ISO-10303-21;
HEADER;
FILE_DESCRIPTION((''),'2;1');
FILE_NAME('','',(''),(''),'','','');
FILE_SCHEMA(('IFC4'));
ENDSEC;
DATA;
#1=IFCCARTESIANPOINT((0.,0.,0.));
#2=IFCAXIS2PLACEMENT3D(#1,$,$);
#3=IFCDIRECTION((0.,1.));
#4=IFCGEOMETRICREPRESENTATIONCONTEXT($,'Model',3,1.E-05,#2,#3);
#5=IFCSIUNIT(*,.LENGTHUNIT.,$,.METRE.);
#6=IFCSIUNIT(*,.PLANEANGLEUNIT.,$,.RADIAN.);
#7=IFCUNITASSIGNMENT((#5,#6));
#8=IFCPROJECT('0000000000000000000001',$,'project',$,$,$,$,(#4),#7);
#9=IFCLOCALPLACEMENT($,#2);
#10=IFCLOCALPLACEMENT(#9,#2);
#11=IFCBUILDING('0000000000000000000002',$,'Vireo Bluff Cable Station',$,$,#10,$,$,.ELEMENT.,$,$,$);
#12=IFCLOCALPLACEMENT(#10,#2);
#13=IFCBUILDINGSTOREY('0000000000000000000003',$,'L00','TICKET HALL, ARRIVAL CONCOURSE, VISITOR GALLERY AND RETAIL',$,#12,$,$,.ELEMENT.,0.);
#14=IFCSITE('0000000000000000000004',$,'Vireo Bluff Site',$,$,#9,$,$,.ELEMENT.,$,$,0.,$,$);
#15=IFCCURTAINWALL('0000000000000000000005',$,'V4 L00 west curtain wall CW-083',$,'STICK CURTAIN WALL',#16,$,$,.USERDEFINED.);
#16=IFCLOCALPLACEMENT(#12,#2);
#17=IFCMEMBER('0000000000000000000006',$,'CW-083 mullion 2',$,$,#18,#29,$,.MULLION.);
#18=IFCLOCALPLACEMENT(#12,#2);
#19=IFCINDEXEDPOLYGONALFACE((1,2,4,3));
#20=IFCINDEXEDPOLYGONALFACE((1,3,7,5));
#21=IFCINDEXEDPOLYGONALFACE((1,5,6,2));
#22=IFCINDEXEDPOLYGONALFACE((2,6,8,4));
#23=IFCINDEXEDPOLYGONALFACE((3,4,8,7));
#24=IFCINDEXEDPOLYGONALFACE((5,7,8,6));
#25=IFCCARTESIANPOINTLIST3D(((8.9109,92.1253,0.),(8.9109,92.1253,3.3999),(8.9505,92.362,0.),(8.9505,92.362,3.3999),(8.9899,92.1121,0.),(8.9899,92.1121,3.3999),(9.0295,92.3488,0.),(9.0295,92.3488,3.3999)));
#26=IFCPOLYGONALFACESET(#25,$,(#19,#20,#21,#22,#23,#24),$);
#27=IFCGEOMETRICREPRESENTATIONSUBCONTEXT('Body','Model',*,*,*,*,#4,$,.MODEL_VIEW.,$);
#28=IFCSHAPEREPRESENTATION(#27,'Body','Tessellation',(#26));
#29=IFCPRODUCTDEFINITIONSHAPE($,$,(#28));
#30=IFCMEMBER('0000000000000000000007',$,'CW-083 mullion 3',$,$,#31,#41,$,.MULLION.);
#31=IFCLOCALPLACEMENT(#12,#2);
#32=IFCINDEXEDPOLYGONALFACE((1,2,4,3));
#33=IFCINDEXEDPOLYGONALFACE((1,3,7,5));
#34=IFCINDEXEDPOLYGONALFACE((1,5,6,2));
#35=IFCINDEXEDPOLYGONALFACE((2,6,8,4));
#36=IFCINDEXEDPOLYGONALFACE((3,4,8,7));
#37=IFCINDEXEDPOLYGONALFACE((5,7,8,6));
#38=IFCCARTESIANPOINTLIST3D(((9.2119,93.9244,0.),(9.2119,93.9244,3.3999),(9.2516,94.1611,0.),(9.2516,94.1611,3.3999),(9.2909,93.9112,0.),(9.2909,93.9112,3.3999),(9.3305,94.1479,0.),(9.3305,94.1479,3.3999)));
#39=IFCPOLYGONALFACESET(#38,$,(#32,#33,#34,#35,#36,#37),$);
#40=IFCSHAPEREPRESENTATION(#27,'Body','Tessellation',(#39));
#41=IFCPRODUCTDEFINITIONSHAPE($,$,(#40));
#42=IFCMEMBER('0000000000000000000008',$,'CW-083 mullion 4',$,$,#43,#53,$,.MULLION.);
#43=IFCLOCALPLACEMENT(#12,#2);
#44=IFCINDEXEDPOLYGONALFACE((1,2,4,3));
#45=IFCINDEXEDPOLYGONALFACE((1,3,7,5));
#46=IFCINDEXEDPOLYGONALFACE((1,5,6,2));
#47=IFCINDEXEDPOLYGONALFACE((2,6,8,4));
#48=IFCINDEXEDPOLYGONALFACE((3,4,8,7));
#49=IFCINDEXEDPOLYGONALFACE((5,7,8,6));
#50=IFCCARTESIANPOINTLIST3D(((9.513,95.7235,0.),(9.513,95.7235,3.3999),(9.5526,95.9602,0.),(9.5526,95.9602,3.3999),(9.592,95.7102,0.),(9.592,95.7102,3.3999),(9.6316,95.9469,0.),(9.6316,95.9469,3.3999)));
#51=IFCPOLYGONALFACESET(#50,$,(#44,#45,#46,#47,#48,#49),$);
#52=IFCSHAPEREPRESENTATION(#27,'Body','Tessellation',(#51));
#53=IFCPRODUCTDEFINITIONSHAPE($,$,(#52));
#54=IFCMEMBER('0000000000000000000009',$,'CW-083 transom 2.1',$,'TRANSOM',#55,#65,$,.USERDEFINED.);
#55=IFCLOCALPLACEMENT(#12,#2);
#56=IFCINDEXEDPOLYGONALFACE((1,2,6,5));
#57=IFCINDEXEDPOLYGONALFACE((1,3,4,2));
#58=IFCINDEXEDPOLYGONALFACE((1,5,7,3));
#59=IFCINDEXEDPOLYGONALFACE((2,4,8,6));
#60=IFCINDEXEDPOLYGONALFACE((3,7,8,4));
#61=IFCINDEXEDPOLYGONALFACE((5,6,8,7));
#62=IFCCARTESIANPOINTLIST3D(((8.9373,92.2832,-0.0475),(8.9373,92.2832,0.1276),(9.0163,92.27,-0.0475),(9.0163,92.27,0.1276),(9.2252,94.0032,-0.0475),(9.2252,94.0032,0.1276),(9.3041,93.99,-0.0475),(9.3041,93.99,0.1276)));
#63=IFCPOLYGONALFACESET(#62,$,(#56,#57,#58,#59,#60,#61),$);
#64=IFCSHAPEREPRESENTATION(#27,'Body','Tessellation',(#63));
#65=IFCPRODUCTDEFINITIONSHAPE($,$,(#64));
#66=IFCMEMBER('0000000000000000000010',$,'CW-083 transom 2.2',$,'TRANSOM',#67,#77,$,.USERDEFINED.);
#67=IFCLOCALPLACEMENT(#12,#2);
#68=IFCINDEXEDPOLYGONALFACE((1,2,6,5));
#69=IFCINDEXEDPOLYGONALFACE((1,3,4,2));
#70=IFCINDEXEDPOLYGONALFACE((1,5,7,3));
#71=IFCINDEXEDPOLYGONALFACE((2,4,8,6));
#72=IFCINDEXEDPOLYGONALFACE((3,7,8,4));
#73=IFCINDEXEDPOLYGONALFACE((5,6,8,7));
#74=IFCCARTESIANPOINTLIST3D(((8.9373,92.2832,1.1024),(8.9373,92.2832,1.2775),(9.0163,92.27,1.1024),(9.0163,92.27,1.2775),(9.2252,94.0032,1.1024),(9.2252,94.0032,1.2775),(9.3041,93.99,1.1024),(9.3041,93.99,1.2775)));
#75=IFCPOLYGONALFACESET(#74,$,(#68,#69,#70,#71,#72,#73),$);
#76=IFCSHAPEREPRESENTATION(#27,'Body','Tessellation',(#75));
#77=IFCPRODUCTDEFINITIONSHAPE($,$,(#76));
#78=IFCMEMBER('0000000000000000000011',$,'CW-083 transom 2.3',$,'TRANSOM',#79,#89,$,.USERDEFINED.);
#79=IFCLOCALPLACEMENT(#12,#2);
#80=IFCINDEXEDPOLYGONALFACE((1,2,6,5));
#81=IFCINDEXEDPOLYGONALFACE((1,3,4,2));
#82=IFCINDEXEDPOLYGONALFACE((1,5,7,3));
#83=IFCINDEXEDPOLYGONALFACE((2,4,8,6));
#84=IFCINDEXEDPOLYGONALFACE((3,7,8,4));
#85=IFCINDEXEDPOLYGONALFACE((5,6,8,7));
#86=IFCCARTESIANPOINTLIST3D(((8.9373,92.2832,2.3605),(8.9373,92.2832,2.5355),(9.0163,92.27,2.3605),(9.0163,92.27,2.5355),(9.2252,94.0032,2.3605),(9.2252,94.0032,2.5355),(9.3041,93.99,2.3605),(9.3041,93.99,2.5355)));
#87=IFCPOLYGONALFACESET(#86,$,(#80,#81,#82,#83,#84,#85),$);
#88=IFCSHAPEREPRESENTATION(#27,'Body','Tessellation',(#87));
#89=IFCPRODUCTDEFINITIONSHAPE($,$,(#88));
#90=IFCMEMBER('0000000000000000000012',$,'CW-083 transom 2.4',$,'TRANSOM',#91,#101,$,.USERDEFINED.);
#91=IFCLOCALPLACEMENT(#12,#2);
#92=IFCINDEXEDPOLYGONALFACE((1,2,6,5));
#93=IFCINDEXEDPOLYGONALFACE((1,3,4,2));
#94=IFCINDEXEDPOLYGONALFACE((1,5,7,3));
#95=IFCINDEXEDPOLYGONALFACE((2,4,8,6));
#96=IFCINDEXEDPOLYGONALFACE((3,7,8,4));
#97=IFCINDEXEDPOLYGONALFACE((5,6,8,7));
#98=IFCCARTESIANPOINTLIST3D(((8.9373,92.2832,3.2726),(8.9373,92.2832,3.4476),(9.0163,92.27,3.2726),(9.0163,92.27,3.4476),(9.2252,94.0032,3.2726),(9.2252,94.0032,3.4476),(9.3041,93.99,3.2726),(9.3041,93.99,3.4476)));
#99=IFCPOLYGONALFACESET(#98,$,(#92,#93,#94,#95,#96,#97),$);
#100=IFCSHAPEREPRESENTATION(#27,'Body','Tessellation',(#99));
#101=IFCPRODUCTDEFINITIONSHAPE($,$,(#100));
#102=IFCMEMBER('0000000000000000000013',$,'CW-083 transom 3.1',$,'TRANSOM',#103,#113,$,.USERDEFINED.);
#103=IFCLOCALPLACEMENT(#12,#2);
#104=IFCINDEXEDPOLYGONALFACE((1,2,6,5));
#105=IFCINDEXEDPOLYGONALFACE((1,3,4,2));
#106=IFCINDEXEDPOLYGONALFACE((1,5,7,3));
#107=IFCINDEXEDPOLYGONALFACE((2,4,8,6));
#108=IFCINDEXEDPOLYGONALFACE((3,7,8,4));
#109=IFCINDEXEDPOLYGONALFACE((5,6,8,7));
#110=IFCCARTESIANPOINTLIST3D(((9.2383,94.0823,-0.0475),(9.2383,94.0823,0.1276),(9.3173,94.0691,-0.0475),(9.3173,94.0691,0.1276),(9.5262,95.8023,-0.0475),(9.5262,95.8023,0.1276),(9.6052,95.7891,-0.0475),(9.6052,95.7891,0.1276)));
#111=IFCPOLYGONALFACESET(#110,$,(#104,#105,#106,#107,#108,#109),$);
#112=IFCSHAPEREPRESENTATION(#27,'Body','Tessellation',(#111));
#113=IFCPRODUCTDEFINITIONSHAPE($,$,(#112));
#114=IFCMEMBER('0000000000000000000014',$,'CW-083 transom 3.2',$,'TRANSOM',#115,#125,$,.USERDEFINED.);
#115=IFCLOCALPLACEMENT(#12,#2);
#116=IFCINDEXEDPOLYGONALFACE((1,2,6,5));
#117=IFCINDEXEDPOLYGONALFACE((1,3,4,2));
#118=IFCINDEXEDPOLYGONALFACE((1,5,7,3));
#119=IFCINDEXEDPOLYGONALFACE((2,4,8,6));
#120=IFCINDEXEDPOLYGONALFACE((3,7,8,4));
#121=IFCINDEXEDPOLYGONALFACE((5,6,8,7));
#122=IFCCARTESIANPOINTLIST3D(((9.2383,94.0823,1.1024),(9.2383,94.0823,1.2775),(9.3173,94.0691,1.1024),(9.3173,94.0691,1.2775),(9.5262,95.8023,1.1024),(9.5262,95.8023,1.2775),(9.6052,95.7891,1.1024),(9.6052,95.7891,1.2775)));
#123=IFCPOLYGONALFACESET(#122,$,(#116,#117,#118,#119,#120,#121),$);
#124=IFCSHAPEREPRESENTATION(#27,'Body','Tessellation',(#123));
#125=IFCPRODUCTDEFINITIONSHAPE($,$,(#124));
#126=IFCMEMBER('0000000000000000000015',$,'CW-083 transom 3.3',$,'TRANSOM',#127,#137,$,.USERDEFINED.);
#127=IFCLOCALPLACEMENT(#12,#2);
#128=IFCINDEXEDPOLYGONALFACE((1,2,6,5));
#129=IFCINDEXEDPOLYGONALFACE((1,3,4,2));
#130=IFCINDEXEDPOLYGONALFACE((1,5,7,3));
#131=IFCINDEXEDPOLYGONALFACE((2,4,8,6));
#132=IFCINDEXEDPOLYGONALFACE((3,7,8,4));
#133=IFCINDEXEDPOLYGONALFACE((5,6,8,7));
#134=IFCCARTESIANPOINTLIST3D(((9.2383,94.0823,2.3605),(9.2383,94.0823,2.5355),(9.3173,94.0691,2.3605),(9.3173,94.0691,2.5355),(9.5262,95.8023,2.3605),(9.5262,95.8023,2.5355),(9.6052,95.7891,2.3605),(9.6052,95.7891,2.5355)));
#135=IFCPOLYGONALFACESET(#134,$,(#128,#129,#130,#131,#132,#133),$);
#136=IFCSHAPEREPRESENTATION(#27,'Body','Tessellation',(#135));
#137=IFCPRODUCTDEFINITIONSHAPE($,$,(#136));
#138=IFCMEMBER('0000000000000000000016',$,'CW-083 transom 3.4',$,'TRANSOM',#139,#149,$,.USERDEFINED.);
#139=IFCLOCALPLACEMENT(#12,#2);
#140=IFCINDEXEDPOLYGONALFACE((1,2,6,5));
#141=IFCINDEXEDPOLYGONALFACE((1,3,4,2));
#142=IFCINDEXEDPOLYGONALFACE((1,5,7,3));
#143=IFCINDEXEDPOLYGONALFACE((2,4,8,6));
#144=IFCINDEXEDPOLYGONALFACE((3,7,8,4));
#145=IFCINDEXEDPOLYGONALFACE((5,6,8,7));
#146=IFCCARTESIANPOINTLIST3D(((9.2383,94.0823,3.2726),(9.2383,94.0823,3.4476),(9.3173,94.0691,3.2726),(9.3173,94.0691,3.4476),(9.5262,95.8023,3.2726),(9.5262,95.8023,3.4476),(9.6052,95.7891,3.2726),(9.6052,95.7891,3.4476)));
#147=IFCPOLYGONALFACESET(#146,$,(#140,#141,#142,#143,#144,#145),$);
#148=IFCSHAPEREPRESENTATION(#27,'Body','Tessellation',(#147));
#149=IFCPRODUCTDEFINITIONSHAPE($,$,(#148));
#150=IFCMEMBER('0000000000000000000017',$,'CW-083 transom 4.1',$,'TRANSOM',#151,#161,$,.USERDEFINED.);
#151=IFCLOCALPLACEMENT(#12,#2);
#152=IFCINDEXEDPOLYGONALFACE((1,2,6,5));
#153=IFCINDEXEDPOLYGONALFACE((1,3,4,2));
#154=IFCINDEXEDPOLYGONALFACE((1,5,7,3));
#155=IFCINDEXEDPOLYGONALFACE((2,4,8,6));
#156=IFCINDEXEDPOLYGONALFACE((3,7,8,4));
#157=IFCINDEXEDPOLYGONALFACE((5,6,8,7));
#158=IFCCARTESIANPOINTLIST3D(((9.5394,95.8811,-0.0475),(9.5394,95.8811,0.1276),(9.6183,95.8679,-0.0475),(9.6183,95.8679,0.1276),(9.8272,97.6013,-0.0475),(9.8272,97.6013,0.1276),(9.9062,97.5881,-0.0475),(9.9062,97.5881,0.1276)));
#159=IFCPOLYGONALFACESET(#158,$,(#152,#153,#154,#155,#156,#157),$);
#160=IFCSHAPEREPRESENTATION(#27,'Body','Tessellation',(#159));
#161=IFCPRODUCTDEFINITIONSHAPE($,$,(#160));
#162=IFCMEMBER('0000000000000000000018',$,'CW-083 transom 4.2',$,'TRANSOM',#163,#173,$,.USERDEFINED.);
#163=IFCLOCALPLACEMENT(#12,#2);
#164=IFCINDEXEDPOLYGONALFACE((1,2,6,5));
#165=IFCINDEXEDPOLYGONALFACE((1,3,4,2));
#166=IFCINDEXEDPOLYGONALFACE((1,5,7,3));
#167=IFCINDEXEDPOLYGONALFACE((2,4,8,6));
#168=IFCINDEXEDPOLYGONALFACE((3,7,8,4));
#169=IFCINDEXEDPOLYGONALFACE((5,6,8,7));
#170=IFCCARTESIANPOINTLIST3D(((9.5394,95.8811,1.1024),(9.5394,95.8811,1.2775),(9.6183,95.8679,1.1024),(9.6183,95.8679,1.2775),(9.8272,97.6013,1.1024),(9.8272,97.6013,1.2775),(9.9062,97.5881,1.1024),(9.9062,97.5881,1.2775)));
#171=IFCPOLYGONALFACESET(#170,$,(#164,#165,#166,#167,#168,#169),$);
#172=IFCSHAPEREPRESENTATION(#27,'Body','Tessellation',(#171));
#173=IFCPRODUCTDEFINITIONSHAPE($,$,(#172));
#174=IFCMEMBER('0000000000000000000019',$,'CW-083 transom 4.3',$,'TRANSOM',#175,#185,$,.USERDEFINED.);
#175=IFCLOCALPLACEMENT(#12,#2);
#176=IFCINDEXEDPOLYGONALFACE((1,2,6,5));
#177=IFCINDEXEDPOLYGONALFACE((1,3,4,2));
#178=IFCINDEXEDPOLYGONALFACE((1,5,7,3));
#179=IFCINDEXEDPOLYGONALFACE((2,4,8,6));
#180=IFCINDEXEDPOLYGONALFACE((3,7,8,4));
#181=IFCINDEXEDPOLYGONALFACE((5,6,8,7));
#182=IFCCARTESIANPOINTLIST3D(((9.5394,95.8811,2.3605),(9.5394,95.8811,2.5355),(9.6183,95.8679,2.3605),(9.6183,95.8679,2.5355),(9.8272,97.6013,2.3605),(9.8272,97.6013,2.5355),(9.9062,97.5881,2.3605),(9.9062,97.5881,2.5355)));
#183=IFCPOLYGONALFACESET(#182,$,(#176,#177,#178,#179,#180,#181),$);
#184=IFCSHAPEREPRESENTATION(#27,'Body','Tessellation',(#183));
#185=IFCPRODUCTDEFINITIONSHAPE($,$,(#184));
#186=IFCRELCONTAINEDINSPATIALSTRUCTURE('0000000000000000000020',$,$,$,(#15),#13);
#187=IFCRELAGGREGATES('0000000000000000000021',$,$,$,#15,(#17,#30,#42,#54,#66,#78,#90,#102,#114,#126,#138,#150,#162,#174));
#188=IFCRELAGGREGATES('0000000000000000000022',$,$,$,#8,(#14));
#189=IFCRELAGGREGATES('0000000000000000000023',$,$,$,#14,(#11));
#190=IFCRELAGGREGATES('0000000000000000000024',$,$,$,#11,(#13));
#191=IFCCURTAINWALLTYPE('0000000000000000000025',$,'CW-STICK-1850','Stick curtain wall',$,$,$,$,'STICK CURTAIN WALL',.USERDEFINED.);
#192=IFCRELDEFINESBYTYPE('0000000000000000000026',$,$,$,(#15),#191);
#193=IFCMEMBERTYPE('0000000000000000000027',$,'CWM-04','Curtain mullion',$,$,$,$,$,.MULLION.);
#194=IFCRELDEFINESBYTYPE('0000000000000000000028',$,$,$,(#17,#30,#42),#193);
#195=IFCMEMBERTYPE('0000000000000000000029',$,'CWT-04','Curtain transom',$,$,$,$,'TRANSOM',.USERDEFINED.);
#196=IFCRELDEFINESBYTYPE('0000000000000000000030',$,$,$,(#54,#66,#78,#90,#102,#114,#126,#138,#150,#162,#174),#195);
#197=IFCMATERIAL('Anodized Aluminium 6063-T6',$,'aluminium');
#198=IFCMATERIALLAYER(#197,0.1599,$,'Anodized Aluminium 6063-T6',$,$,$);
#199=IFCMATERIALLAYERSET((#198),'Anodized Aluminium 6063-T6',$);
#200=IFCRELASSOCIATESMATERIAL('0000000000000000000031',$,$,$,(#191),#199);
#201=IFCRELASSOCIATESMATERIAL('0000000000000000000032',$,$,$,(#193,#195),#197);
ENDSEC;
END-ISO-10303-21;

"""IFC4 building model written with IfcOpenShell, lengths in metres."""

from ifc_helpers import new_model, si_unit, direction, frame, origin, origin_2d, place, context, subcontext, project, spatial, rectangle, extrude, material, layer, layer_set, material_profile, profile_set, type_object, element, aggregate, save


model = new_model("IFC4")

# Units and contexts
model_context = context("Model", 3, precision=1e-05, world=origin(), true_north=direction((0.0, 1.0)))
body_context = subcontext(model_context, "Body", "Model", "MODEL_VIEW")
ifc_project = project(units=[si_unit("LENGTHUNIT", "METRE"), si_unit("PLANEANGLEUNIT", "RADIAN")], contexts=[model_context])

# Site, building, storey
site_placement = place(None, origin())
site = spatial("IfcSite", under=ifc_project, at=site_placement, Name="Vireo Bluff Site", CompositionType="ELEMENT", RefElevation=0.0)
building_placement = place(site_placement, origin())
building = spatial("IfcBuilding", under=site, at=building_placement, Name="Vireo Bluff Cable Station", CompositionType="ELEMENT")
storey_placement = place(building_placement, origin())
storey = spatial("IfcBuildingStorey", under=building, at=storey_placement, Name="L00", Description="TICKET HALL, ARRIVAL CONCOURSE, VISITOR GALLERY AND RETAIL", CompositionType="ELEMENT", Elevation=0.0)

# Curtain wall, members
ifc_material_1 = material(Name="Anodized Aluminium 6063-T6", Category="aluminium")
ifc_layer_1 = layer(ifc_material_1, 0.1599, Name="Anodized Aluminium 6063-T6")
ifc_layer_set_1 = layer_set([ifc_layer_1], Name="Anodized Aluminium 6063-T6")
curtain_wall_type = type_object("IfcCurtainWallType", Name="CW-STICK-1850", Description="Stick curtain wall", ElementType="STICK CURTAIN WALL", PredefinedType="USERDEFINED", material=ifc_layer_set_1)
curtain_wall_placement = place(storey_placement, origin())
curtain_wall = element("IfcCurtainWall", 1, at=curtain_wall_placement, inside=storey, type_object=curtain_wall_type, Name="V4 L00 west curtain wall CW-083", ObjectType="STICK CURTAIN WALL", PredefinedType="USERDEFINED")
ifc_material_profile_1 = material_profile(ifc_material_1, rectangle(XDim=0.0801, YDim=0.24, at=origin_2d()), Name="ALU-M-80X240")
ifc_profile_set_1 = profile_set([ifc_material_profile_1], Name="Anodized Aluminium 6063-T6")
member_type_1 = type_object("IfcMemberType", Name="CWM-04", Description="Curtain mullion", PredefinedType="MULLION", material=ifc_profile_set_1)
member_1_placement = place(storey_placement, frame((8.9702, 92.2371, 0.0), z_axis=(0.0, 0.0, 1.0), x_axis=(-0.986286, 0.165048, 0.0)))
member_1 = element("IfcMember", 2, at=member_1_placement, type_object=member_type_1, Name="CW-083 mullion 2", PredefinedType="MULLION", context=body_context, shape_type="SweptSolid", body=[
    extrude(rectangle(XDim=0.0801, YDim=0.24, at=origin_2d()), origin(), (0.0, 0.0, 1.0), 3.3999),
])
member_2_placement = place(storey_placement, frame((9.2712, 94.0361, 0.0), z_axis=(0.0, 0.0, 1.0), x_axis=(-0.986286, 0.165048, 0.0)))
member_2 = element("IfcMember", 3, at=member_2_placement, type_object=member_type_1, Name="CW-083 mullion 3", PredefinedType="MULLION", context=body_context, shape_type="SweptSolid", body=[
    extrude(rectangle(XDim=0.0801, YDim=0.24, at=origin_2d()), origin(), (0.0, 0.0, 1.0), 3.3999),
])
member_3_placement = place(storey_placement, frame((9.5723, 95.8352, 0.0), z_axis=(0.0, 0.0, 1.0), x_axis=(-0.986286, 0.165048, 0.0)))
member_3 = element("IfcMember", 4, at=member_3_placement, type_object=member_type_1, Name="CW-083 mullion 4", PredefinedType="MULLION", context=body_context, shape_type="SweptSolid", body=[
    extrude(rectangle(XDim=0.0801, YDim=0.24, at=origin_2d()), origin(), (0.0, 0.0, 1.0), 3.3999),
])
ifc_material_profile_2 = material_profile(ifc_material_1, rectangle(XDim=0.0801, YDim=0.175, at=origin_2d()), Name="ALU-T-80X175")
ifc_profile_set_2 = profile_set([ifc_material_profile_2], Name="Anodized Aluminium 6063-T6")
member_type_2 = type_object("IfcMemberType", Name="CWT-04", Description="Curtain transom", ElementType="TRANSOM", PredefinedType="USERDEFINED", material=ifc_profile_set_2)
member_4_placement = place(storey_placement, frame((8.9768, 92.2766, 0.04), z_axis=(0.165057, 0.986284, 0.0), x_axis=(-0.986284, 0.165057, 0.0)))
member_4 = element("IfcMember", 5, at=member_4_placement, type_object=member_type_2, Name="CW-083 transom 2.1", ObjectType="TRANSOM", PredefinedType="USERDEFINED", context=body_context, shape_type="SweptSolid", body=[
    extrude(rectangle(XDim=0.0801, YDim=0.175, at=origin_2d()), origin(), (0.0, 0.0, 1.0), 1.7439),
])
member_5_placement = place(storey_placement, frame((8.9768, 92.2766, 1.1899), z_axis=(0.165057, 0.986284, 0.0), x_axis=(-0.986284, 0.165057, 0.0)))
member_5 = element("IfcMember", 6, at=member_5_placement, type_object=member_type_2, Name="CW-083 transom 2.2", ObjectType="TRANSOM", PredefinedType="USERDEFINED", context=body_context, shape_type="SweptSolid", body=[
    extrude(rectangle(XDim=0.0801, YDim=0.175, at=origin_2d()), origin(), (0.0, 0.0, 1.0), 1.7439),
])
member_6_placement = place(storey_placement, frame((8.9768, 92.2766, 2.448), z_axis=(0.165057, 0.986284, 0.0), x_axis=(-0.986284, 0.165057, 0.0)))
member_6 = element("IfcMember", 7, at=member_6_placement, type_object=member_type_2, Name="CW-083 transom 2.3", ObjectType="TRANSOM", PredefinedType="USERDEFINED", context=body_context, shape_type="SweptSolid", body=[
    extrude(rectangle(XDim=0.0801, YDim=0.175, at=origin_2d()), origin(), (0.0, 0.0, 1.0), 1.7439),
])
member_7_placement = place(storey_placement, frame((8.9768, 92.2766, 3.3601), z_axis=(0.165057, 0.986284, 0.0), x_axis=(-0.986284, 0.165057, 0.0)))
member_7 = element("IfcMember", 8, at=member_7_placement, type_object=member_type_2, Name="CW-083 transom 2.4", ObjectType="TRANSOM", PredefinedType="USERDEFINED", context=body_context, shape_type="SweptSolid", body=[
    extrude(rectangle(XDim=0.0801, YDim=0.175, at=origin_2d()), origin(), (0.0, 0.0, 1.0), 1.7439),
])
member_8_placement = place(storey_placement, frame((9.2778, 94.0757, 0.04), z_axis=(0.165057, 0.986284, 0.0), x_axis=(-0.986284, 0.165057, 0.0)))
member_8 = element("IfcMember", 9, at=member_8_placement, type_object=member_type_2, Name="CW-083 transom 3.1", ObjectType="TRANSOM", PredefinedType="USERDEFINED", context=body_context, shape_type="SweptSolid", body=[
    extrude(rectangle(XDim=0.0801, YDim=0.175, at=origin_2d()), origin(), (0.0, 0.0, 1.0), 1.7439),
])
member_9_placement = place(storey_placement, frame((9.2778, 94.0757, 1.1899), z_axis=(0.165057, 0.986284, 0.0), x_axis=(-0.986284, 0.165057, 0.0)))
member_9 = element("IfcMember", 10, at=member_9_placement, type_object=member_type_2, Name="CW-083 transom 3.2", ObjectType="TRANSOM", PredefinedType="USERDEFINED", context=body_context, shape_type="SweptSolid", body=[
    extrude(rectangle(XDim=0.0801, YDim=0.175, at=origin_2d()), origin(), (0.0, 0.0, 1.0), 1.7439),
])
member_10_placement = place(storey_placement, frame((9.2778, 94.0757, 2.448), z_axis=(0.165057, 0.986284, 0.0), x_axis=(-0.986284, 0.165057, 0.0)))
member_10 = element("IfcMember", 11, at=member_10_placement, type_object=member_type_2, Name="CW-083 transom 3.3", ObjectType="TRANSOM", PredefinedType="USERDEFINED", context=body_context, shape_type="SweptSolid", body=[
    extrude(rectangle(XDim=0.0801, YDim=0.175, at=origin_2d()), origin(), (0.0, 0.0, 1.0), 1.7439),
])
member_11_placement = place(storey_placement, frame((9.2778, 94.0757, 3.3601), z_axis=(0.165057, 0.986284, 0.0), x_axis=(-0.986284, 0.165057, 0.0)))
member_11 = element("IfcMember", 12, at=member_11_placement, type_object=member_type_2, Name="CW-083 transom 3.4", ObjectType="TRANSOM", PredefinedType="USERDEFINED", context=body_context, shape_type="SweptSolid", body=[
    extrude(rectangle(XDim=0.0801, YDim=0.175, at=origin_2d()), origin(), (0.0, 0.0, 1.0), 1.7439),
])
member_12_placement = place(storey_placement, frame((9.5789, 95.8745, 0.04), z_axis=(0.165035, 0.986288, 0.0), x_axis=(-0.986288, 0.165035, 0.0)))
member_12 = element("IfcMember", 13, at=member_12_placement, type_object=member_type_2, Name="CW-083 transom 4.1", ObjectType="TRANSOM", PredefinedType="USERDEFINED", context=body_context, shape_type="SweptSolid", body=[
    extrude(rectangle(XDim=0.0801, YDim=0.175, at=origin_2d()), origin(), (0.0, 0.0, 1.0), 1.7441),
])
member_13_placement = place(storey_placement, frame((9.5789, 95.8745, 1.1899), z_axis=(0.165035, 0.986288, 0.0), x_axis=(-0.986288, 0.165035, 0.0)))
member_13 = element("IfcMember", 14, at=member_13_placement, type_object=member_type_2, Name="CW-083 transom 4.2", ObjectType="TRANSOM", PredefinedType="USERDEFINED", context=body_context, shape_type="SweptSolid", body=[
    extrude(rectangle(XDim=0.0801, YDim=0.175, at=origin_2d()), origin(), (0.0, 0.0, 1.0), 1.7441),
])
member_14_placement = place(storey_placement, frame((9.5789, 95.8745, 2.448), z_axis=(0.165035, 0.986288, 0.0), x_axis=(-0.986288, 0.165035, 0.0)))
member_14 = element("IfcMember", 15, at=member_14_placement, type_object=member_type_2, Name="CW-083 transom 4.3", ObjectType="TRANSOM", PredefinedType="USERDEFINED", context=body_context, shape_type="SweptSolid", body=[
    extrude(rectangle(XDim=0.0801, YDim=0.175, at=origin_2d()), origin(), (0.0, 0.0, 1.0), 1.7441),
])

aggregate(curtain_wall, [member_1, member_2, member_3, member_4, member_5, member_6, member_7, member_8, member_9, member_10, member_11, member_12, member_13, member_14])

save(model, "model.ifc")
